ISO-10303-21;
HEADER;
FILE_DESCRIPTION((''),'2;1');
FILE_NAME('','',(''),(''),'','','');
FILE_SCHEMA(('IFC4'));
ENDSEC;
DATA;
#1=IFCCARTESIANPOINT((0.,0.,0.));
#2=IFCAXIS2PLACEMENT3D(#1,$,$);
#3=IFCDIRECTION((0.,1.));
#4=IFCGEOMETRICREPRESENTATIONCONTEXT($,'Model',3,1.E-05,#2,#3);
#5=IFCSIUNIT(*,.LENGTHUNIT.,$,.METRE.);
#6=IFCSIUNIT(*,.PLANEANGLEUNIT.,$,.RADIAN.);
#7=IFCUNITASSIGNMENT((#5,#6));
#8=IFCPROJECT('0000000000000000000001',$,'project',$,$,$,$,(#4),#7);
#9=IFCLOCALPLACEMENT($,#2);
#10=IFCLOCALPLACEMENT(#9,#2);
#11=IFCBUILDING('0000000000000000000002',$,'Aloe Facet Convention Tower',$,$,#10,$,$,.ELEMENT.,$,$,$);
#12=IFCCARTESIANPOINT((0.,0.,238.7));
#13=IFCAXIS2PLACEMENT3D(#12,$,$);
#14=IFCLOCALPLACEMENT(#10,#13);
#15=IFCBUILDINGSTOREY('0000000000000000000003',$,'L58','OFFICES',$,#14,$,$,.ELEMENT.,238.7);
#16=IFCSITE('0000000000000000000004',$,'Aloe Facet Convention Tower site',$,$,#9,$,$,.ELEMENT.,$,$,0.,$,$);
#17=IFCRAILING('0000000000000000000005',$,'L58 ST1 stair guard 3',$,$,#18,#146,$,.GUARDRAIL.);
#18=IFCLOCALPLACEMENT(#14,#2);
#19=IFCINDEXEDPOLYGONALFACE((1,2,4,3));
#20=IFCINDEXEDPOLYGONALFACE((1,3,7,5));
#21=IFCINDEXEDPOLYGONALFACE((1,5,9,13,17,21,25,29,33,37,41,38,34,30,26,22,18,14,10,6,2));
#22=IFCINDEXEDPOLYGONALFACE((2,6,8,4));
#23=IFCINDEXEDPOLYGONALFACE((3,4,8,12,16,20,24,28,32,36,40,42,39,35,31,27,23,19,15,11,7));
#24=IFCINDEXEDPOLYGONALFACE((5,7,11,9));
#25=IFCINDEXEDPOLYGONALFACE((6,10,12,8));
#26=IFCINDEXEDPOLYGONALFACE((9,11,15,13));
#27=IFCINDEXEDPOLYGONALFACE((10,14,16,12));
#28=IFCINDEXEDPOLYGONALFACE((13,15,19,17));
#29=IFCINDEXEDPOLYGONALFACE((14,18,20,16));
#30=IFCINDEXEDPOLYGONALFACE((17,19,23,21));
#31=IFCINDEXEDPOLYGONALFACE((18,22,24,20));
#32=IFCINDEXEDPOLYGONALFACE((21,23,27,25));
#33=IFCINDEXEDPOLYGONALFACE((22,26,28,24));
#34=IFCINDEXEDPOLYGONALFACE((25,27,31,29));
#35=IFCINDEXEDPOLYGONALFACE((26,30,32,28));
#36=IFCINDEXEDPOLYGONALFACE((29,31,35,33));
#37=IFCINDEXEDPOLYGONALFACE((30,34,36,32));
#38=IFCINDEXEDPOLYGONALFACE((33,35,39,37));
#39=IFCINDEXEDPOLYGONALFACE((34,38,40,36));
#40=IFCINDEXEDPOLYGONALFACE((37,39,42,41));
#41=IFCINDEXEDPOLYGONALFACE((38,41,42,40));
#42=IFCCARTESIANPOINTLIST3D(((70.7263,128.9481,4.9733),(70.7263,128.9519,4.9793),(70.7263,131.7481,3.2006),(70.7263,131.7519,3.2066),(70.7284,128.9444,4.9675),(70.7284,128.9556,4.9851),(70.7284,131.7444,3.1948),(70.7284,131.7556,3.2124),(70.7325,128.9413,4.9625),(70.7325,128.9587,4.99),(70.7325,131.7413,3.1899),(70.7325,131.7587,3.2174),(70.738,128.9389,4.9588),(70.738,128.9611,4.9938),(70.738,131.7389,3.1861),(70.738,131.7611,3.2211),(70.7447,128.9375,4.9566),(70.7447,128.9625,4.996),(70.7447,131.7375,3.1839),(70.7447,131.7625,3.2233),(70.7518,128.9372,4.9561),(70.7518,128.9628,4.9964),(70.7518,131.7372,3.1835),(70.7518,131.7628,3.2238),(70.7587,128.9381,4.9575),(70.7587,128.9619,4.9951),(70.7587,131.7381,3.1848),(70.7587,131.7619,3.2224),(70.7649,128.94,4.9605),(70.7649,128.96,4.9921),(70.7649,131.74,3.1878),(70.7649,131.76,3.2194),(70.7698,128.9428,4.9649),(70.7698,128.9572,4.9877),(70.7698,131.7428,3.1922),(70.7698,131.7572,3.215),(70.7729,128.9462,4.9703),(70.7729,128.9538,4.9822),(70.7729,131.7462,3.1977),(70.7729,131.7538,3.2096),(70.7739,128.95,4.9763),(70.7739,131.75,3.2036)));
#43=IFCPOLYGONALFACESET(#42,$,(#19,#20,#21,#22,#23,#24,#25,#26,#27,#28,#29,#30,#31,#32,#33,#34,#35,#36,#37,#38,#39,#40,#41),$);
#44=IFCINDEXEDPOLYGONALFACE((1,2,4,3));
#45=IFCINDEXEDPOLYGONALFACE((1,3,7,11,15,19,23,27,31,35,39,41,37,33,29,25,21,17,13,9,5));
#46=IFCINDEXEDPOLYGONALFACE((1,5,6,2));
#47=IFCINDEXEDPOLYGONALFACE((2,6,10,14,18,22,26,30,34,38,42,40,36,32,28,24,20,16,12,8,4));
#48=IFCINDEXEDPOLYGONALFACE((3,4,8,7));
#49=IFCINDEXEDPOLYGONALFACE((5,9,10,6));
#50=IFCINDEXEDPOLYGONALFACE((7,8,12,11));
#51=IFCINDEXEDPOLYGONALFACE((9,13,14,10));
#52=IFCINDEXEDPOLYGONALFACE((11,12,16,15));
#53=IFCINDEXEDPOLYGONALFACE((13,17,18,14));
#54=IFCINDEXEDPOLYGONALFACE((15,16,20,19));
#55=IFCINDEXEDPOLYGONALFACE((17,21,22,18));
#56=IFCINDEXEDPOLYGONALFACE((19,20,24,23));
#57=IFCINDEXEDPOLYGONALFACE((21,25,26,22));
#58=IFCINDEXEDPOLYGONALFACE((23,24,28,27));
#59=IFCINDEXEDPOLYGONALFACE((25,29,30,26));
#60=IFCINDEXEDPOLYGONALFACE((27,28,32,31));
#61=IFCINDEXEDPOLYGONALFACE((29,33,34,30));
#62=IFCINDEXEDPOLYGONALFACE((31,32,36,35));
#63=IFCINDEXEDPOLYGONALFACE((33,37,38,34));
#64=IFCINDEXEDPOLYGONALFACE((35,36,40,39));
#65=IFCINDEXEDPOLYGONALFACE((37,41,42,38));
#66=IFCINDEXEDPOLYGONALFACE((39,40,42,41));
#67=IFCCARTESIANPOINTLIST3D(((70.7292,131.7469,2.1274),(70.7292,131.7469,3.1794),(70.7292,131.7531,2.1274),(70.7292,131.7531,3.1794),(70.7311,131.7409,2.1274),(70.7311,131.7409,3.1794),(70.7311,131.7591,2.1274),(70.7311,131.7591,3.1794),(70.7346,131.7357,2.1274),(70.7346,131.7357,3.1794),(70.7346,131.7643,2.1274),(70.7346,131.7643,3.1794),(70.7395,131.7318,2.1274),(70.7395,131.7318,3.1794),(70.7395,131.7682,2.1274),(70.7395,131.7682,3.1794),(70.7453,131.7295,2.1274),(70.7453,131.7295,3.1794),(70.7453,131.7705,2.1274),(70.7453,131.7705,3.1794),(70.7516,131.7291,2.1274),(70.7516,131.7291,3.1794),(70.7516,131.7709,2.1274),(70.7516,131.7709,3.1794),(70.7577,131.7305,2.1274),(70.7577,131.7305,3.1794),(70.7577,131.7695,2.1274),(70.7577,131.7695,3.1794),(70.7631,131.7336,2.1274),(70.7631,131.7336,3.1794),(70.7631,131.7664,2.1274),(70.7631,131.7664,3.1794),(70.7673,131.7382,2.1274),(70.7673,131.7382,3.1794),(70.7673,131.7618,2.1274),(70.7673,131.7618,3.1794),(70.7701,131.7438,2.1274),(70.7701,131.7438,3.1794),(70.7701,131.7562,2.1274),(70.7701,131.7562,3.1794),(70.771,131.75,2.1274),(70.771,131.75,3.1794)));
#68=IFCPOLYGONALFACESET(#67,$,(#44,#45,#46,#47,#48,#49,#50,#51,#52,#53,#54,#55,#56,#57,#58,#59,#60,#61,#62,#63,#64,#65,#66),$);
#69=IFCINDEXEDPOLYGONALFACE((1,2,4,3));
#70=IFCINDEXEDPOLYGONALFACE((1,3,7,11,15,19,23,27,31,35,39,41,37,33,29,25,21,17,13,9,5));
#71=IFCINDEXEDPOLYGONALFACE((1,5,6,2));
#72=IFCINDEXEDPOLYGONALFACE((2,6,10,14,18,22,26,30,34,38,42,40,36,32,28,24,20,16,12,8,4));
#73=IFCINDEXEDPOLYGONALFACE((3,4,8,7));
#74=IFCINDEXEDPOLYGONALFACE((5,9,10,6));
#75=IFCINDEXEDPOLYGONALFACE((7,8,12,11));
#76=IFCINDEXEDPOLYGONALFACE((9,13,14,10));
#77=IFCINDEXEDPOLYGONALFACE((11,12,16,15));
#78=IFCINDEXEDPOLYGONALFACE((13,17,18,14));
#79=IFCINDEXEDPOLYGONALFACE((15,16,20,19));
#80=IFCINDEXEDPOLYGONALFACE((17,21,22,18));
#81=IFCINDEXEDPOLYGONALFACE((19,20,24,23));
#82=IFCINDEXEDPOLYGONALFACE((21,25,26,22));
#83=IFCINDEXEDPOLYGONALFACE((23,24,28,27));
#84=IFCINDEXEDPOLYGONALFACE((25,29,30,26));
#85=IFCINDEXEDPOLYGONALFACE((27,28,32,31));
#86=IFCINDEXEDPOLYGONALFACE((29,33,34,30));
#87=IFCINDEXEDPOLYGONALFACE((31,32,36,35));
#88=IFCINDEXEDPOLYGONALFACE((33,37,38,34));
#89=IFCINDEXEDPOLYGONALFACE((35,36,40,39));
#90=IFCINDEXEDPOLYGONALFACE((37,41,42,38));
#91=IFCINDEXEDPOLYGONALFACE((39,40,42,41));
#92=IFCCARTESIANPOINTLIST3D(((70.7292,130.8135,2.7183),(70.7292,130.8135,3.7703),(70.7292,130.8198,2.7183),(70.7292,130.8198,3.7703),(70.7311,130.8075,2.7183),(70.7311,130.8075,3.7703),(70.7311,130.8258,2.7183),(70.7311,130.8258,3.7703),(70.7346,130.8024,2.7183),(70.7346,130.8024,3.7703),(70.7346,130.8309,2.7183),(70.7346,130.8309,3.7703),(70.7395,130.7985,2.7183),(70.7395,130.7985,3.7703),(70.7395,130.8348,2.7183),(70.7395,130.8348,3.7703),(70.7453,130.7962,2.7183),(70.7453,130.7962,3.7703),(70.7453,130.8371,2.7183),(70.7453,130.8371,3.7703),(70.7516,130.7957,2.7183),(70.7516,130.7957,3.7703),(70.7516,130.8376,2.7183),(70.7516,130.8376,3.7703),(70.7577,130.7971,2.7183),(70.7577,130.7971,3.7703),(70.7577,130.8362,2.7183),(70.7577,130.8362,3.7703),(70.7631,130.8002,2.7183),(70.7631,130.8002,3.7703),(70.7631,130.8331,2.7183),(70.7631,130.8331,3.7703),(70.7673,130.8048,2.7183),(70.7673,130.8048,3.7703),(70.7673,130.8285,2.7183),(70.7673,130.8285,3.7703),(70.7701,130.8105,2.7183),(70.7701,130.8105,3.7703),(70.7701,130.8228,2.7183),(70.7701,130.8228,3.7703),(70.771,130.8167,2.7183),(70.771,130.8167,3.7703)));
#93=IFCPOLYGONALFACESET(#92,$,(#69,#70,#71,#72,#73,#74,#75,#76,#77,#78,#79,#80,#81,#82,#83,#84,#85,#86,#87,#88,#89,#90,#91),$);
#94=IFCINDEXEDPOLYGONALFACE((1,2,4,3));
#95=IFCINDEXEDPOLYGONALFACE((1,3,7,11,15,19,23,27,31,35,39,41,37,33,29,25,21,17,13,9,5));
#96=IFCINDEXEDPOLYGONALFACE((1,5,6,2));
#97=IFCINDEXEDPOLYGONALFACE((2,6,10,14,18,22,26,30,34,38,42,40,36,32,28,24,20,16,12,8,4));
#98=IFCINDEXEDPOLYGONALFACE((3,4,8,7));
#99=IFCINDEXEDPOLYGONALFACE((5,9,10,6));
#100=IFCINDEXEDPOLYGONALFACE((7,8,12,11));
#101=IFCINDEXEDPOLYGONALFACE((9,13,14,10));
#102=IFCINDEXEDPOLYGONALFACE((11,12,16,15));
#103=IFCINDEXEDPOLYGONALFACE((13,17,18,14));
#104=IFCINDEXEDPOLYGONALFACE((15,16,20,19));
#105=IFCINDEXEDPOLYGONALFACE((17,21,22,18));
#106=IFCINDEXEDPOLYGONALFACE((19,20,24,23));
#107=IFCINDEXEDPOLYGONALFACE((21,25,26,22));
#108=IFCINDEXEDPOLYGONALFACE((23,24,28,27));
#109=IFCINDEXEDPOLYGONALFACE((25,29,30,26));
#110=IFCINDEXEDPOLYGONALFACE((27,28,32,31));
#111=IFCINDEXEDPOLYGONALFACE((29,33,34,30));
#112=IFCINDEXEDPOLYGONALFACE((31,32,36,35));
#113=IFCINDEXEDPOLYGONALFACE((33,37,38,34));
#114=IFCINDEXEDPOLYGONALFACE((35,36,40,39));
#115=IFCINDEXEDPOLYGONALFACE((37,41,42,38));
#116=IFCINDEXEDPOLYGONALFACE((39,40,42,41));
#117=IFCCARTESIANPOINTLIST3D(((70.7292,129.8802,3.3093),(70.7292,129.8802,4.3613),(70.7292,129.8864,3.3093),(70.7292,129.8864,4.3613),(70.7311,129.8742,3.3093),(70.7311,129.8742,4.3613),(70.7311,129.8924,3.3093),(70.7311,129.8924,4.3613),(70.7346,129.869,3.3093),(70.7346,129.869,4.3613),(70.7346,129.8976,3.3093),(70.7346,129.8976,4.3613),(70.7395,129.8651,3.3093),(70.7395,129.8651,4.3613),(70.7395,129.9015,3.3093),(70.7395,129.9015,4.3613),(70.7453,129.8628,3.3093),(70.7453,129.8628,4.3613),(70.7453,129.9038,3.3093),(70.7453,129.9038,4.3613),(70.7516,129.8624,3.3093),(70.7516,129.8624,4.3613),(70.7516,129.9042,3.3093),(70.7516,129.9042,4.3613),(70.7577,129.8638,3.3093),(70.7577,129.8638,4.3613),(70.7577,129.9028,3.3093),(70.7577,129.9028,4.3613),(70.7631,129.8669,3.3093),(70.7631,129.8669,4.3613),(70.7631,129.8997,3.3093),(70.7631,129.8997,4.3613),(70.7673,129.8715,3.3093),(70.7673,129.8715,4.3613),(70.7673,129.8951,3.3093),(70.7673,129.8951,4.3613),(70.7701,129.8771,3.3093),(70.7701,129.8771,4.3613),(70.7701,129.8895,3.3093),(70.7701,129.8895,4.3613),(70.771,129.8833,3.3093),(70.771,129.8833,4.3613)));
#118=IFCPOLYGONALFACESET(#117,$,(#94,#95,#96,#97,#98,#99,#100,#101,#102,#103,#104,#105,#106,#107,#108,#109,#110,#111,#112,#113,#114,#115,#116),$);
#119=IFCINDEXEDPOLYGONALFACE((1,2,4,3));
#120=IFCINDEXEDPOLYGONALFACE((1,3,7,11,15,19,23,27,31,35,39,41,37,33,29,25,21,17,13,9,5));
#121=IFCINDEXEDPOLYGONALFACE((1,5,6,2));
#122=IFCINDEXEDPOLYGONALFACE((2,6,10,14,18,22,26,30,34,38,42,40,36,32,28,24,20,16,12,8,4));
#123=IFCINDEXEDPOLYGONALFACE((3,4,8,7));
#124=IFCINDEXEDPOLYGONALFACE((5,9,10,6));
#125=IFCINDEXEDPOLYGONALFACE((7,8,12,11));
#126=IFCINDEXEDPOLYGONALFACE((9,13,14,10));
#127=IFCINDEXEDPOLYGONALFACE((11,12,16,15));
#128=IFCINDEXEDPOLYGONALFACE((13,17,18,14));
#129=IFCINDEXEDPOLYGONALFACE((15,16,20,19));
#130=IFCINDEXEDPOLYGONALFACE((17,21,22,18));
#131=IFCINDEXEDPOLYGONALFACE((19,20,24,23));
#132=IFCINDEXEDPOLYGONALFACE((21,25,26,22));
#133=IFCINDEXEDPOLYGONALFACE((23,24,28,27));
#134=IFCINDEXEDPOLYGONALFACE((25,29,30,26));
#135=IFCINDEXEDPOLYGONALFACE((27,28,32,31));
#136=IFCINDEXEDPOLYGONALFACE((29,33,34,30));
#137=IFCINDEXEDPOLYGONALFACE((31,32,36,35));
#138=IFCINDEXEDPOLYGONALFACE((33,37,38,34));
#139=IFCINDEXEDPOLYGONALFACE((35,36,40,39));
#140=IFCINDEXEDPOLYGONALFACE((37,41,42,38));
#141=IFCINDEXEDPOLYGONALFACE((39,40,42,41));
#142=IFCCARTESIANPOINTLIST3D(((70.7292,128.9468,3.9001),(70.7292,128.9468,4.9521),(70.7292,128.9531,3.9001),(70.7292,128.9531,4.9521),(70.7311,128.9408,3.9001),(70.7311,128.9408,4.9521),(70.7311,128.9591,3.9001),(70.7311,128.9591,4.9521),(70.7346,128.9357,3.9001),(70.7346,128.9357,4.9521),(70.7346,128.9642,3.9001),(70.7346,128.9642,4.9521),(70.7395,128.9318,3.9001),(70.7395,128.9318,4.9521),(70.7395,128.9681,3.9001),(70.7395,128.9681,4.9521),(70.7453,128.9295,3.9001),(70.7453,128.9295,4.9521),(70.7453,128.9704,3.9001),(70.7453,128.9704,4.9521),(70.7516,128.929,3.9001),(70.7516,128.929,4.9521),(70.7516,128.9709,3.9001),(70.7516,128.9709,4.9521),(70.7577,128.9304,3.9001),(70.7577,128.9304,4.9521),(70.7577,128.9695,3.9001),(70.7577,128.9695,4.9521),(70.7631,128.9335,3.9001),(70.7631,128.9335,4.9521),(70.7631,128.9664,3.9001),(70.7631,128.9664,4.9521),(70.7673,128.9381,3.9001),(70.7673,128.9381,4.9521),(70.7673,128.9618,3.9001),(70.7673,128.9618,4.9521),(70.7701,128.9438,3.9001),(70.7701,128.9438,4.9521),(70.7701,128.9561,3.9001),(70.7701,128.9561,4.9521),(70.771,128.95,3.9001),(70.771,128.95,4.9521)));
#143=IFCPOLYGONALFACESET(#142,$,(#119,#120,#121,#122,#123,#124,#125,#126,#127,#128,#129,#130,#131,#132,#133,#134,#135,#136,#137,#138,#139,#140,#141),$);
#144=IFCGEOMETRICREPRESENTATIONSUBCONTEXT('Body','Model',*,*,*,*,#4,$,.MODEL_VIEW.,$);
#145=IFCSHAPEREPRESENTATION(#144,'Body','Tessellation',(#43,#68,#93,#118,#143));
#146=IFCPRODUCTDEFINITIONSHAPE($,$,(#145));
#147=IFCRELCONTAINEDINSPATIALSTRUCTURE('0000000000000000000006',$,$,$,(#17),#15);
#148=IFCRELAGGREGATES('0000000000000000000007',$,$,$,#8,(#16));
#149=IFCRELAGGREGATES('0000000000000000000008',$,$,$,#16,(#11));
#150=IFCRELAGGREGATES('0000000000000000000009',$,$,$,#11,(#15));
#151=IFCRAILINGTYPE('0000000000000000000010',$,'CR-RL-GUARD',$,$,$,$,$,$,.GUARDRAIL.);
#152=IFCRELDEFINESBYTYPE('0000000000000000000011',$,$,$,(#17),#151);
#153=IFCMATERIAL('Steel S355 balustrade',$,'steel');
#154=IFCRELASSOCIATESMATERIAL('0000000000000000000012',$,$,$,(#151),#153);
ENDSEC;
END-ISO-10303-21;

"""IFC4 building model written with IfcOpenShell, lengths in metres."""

from ifc_helpers import new_model, si_unit, direction, frame, origin, origin_2d, place, context, subcontext, project, spatial, circle, extrude, material, type_object, element, save


model = new_model("IFC4")

# Units and contexts
model_context = context("Model", 3, precision=1e-05, world=origin(), true_north=direction((0.0, 1.0)))
body_context = subcontext(model_context, "Body", "Model", "MODEL_VIEW")
ifc_project = project(units=[si_unit("LENGTHUNIT", "METRE"), si_unit("PLANEANGLEUNIT", "RADIAN")], contexts=[model_context])

# Site, building, storey
site_placement = place(None, origin())
site = spatial("IfcSite", under=ifc_project, at=site_placement, Name="Aloe Facet Convention Tower site", CompositionType="ELEMENT", RefElevation=0.0)
building_placement = place(site_placement, origin())
building = spatial("IfcBuilding", under=site, at=building_placement, Name="Aloe Facet Convention Tower", CompositionType="ELEMENT")
storey_placement = place(building_placement, frame((0.0, 0.0, 238.7)))
storey = spatial("IfcBuildingStorey", under=building, at=storey_placement, Name="L58", Description="OFFICES", CompositionType="ELEMENT", Elevation=238.7)

# Railing
ifc_material_1 = material(Name="Steel S355 balustrade", Category="steel")
railing_type_1 = type_object("IfcRailingType", Name="CR-RL-GUARD", PredefinedType="GUARDRAIL", material=ifc_material_1)
railing_1_placement = place(storey_placement, frame((70.75, 131.75, 2.1274)))
element("IfcRailing", 1, at=railing_1_placement, inside=storey, type_object=railing_type_1, Name="L58 ST1 stair guard 3", PredefinedType="GUARDRAIL", context=body_context, shape_type="SweptSolid", body=[
    extrude(circle(Radius=0.0239, at=origin_2d()), frame((0.0, 0.0, 1.0762), z_axis=(0.0, -0.844909, 0.53491), x_axis=(1.0, 0.0, 0.0)), (0.0, 0.0, 1.0), 3.314),
    extrude(circle(Radius=0.021, at=origin_2d()), origin(), (0.0, 0.0, 1.0), 1.052),
    extrude(circle(Radius=0.021, at=origin_2d()), frame((0.0, -0.9333, 0.5908)), (0.0, 0.0, 1.0), 1.052),
    extrude(circle(Radius=0.021, at=origin_2d()), frame((0.0, -1.8667, 1.1819)), (0.0, 0.0, 1.0), 1.052),
    extrude(circle(Radius=0.021, at=origin_2d()), frame((0.0, -2.8, 1.7727)), (0.0, 0.0, 1.0), 1.052),
])

save(model, "model.ifc")
